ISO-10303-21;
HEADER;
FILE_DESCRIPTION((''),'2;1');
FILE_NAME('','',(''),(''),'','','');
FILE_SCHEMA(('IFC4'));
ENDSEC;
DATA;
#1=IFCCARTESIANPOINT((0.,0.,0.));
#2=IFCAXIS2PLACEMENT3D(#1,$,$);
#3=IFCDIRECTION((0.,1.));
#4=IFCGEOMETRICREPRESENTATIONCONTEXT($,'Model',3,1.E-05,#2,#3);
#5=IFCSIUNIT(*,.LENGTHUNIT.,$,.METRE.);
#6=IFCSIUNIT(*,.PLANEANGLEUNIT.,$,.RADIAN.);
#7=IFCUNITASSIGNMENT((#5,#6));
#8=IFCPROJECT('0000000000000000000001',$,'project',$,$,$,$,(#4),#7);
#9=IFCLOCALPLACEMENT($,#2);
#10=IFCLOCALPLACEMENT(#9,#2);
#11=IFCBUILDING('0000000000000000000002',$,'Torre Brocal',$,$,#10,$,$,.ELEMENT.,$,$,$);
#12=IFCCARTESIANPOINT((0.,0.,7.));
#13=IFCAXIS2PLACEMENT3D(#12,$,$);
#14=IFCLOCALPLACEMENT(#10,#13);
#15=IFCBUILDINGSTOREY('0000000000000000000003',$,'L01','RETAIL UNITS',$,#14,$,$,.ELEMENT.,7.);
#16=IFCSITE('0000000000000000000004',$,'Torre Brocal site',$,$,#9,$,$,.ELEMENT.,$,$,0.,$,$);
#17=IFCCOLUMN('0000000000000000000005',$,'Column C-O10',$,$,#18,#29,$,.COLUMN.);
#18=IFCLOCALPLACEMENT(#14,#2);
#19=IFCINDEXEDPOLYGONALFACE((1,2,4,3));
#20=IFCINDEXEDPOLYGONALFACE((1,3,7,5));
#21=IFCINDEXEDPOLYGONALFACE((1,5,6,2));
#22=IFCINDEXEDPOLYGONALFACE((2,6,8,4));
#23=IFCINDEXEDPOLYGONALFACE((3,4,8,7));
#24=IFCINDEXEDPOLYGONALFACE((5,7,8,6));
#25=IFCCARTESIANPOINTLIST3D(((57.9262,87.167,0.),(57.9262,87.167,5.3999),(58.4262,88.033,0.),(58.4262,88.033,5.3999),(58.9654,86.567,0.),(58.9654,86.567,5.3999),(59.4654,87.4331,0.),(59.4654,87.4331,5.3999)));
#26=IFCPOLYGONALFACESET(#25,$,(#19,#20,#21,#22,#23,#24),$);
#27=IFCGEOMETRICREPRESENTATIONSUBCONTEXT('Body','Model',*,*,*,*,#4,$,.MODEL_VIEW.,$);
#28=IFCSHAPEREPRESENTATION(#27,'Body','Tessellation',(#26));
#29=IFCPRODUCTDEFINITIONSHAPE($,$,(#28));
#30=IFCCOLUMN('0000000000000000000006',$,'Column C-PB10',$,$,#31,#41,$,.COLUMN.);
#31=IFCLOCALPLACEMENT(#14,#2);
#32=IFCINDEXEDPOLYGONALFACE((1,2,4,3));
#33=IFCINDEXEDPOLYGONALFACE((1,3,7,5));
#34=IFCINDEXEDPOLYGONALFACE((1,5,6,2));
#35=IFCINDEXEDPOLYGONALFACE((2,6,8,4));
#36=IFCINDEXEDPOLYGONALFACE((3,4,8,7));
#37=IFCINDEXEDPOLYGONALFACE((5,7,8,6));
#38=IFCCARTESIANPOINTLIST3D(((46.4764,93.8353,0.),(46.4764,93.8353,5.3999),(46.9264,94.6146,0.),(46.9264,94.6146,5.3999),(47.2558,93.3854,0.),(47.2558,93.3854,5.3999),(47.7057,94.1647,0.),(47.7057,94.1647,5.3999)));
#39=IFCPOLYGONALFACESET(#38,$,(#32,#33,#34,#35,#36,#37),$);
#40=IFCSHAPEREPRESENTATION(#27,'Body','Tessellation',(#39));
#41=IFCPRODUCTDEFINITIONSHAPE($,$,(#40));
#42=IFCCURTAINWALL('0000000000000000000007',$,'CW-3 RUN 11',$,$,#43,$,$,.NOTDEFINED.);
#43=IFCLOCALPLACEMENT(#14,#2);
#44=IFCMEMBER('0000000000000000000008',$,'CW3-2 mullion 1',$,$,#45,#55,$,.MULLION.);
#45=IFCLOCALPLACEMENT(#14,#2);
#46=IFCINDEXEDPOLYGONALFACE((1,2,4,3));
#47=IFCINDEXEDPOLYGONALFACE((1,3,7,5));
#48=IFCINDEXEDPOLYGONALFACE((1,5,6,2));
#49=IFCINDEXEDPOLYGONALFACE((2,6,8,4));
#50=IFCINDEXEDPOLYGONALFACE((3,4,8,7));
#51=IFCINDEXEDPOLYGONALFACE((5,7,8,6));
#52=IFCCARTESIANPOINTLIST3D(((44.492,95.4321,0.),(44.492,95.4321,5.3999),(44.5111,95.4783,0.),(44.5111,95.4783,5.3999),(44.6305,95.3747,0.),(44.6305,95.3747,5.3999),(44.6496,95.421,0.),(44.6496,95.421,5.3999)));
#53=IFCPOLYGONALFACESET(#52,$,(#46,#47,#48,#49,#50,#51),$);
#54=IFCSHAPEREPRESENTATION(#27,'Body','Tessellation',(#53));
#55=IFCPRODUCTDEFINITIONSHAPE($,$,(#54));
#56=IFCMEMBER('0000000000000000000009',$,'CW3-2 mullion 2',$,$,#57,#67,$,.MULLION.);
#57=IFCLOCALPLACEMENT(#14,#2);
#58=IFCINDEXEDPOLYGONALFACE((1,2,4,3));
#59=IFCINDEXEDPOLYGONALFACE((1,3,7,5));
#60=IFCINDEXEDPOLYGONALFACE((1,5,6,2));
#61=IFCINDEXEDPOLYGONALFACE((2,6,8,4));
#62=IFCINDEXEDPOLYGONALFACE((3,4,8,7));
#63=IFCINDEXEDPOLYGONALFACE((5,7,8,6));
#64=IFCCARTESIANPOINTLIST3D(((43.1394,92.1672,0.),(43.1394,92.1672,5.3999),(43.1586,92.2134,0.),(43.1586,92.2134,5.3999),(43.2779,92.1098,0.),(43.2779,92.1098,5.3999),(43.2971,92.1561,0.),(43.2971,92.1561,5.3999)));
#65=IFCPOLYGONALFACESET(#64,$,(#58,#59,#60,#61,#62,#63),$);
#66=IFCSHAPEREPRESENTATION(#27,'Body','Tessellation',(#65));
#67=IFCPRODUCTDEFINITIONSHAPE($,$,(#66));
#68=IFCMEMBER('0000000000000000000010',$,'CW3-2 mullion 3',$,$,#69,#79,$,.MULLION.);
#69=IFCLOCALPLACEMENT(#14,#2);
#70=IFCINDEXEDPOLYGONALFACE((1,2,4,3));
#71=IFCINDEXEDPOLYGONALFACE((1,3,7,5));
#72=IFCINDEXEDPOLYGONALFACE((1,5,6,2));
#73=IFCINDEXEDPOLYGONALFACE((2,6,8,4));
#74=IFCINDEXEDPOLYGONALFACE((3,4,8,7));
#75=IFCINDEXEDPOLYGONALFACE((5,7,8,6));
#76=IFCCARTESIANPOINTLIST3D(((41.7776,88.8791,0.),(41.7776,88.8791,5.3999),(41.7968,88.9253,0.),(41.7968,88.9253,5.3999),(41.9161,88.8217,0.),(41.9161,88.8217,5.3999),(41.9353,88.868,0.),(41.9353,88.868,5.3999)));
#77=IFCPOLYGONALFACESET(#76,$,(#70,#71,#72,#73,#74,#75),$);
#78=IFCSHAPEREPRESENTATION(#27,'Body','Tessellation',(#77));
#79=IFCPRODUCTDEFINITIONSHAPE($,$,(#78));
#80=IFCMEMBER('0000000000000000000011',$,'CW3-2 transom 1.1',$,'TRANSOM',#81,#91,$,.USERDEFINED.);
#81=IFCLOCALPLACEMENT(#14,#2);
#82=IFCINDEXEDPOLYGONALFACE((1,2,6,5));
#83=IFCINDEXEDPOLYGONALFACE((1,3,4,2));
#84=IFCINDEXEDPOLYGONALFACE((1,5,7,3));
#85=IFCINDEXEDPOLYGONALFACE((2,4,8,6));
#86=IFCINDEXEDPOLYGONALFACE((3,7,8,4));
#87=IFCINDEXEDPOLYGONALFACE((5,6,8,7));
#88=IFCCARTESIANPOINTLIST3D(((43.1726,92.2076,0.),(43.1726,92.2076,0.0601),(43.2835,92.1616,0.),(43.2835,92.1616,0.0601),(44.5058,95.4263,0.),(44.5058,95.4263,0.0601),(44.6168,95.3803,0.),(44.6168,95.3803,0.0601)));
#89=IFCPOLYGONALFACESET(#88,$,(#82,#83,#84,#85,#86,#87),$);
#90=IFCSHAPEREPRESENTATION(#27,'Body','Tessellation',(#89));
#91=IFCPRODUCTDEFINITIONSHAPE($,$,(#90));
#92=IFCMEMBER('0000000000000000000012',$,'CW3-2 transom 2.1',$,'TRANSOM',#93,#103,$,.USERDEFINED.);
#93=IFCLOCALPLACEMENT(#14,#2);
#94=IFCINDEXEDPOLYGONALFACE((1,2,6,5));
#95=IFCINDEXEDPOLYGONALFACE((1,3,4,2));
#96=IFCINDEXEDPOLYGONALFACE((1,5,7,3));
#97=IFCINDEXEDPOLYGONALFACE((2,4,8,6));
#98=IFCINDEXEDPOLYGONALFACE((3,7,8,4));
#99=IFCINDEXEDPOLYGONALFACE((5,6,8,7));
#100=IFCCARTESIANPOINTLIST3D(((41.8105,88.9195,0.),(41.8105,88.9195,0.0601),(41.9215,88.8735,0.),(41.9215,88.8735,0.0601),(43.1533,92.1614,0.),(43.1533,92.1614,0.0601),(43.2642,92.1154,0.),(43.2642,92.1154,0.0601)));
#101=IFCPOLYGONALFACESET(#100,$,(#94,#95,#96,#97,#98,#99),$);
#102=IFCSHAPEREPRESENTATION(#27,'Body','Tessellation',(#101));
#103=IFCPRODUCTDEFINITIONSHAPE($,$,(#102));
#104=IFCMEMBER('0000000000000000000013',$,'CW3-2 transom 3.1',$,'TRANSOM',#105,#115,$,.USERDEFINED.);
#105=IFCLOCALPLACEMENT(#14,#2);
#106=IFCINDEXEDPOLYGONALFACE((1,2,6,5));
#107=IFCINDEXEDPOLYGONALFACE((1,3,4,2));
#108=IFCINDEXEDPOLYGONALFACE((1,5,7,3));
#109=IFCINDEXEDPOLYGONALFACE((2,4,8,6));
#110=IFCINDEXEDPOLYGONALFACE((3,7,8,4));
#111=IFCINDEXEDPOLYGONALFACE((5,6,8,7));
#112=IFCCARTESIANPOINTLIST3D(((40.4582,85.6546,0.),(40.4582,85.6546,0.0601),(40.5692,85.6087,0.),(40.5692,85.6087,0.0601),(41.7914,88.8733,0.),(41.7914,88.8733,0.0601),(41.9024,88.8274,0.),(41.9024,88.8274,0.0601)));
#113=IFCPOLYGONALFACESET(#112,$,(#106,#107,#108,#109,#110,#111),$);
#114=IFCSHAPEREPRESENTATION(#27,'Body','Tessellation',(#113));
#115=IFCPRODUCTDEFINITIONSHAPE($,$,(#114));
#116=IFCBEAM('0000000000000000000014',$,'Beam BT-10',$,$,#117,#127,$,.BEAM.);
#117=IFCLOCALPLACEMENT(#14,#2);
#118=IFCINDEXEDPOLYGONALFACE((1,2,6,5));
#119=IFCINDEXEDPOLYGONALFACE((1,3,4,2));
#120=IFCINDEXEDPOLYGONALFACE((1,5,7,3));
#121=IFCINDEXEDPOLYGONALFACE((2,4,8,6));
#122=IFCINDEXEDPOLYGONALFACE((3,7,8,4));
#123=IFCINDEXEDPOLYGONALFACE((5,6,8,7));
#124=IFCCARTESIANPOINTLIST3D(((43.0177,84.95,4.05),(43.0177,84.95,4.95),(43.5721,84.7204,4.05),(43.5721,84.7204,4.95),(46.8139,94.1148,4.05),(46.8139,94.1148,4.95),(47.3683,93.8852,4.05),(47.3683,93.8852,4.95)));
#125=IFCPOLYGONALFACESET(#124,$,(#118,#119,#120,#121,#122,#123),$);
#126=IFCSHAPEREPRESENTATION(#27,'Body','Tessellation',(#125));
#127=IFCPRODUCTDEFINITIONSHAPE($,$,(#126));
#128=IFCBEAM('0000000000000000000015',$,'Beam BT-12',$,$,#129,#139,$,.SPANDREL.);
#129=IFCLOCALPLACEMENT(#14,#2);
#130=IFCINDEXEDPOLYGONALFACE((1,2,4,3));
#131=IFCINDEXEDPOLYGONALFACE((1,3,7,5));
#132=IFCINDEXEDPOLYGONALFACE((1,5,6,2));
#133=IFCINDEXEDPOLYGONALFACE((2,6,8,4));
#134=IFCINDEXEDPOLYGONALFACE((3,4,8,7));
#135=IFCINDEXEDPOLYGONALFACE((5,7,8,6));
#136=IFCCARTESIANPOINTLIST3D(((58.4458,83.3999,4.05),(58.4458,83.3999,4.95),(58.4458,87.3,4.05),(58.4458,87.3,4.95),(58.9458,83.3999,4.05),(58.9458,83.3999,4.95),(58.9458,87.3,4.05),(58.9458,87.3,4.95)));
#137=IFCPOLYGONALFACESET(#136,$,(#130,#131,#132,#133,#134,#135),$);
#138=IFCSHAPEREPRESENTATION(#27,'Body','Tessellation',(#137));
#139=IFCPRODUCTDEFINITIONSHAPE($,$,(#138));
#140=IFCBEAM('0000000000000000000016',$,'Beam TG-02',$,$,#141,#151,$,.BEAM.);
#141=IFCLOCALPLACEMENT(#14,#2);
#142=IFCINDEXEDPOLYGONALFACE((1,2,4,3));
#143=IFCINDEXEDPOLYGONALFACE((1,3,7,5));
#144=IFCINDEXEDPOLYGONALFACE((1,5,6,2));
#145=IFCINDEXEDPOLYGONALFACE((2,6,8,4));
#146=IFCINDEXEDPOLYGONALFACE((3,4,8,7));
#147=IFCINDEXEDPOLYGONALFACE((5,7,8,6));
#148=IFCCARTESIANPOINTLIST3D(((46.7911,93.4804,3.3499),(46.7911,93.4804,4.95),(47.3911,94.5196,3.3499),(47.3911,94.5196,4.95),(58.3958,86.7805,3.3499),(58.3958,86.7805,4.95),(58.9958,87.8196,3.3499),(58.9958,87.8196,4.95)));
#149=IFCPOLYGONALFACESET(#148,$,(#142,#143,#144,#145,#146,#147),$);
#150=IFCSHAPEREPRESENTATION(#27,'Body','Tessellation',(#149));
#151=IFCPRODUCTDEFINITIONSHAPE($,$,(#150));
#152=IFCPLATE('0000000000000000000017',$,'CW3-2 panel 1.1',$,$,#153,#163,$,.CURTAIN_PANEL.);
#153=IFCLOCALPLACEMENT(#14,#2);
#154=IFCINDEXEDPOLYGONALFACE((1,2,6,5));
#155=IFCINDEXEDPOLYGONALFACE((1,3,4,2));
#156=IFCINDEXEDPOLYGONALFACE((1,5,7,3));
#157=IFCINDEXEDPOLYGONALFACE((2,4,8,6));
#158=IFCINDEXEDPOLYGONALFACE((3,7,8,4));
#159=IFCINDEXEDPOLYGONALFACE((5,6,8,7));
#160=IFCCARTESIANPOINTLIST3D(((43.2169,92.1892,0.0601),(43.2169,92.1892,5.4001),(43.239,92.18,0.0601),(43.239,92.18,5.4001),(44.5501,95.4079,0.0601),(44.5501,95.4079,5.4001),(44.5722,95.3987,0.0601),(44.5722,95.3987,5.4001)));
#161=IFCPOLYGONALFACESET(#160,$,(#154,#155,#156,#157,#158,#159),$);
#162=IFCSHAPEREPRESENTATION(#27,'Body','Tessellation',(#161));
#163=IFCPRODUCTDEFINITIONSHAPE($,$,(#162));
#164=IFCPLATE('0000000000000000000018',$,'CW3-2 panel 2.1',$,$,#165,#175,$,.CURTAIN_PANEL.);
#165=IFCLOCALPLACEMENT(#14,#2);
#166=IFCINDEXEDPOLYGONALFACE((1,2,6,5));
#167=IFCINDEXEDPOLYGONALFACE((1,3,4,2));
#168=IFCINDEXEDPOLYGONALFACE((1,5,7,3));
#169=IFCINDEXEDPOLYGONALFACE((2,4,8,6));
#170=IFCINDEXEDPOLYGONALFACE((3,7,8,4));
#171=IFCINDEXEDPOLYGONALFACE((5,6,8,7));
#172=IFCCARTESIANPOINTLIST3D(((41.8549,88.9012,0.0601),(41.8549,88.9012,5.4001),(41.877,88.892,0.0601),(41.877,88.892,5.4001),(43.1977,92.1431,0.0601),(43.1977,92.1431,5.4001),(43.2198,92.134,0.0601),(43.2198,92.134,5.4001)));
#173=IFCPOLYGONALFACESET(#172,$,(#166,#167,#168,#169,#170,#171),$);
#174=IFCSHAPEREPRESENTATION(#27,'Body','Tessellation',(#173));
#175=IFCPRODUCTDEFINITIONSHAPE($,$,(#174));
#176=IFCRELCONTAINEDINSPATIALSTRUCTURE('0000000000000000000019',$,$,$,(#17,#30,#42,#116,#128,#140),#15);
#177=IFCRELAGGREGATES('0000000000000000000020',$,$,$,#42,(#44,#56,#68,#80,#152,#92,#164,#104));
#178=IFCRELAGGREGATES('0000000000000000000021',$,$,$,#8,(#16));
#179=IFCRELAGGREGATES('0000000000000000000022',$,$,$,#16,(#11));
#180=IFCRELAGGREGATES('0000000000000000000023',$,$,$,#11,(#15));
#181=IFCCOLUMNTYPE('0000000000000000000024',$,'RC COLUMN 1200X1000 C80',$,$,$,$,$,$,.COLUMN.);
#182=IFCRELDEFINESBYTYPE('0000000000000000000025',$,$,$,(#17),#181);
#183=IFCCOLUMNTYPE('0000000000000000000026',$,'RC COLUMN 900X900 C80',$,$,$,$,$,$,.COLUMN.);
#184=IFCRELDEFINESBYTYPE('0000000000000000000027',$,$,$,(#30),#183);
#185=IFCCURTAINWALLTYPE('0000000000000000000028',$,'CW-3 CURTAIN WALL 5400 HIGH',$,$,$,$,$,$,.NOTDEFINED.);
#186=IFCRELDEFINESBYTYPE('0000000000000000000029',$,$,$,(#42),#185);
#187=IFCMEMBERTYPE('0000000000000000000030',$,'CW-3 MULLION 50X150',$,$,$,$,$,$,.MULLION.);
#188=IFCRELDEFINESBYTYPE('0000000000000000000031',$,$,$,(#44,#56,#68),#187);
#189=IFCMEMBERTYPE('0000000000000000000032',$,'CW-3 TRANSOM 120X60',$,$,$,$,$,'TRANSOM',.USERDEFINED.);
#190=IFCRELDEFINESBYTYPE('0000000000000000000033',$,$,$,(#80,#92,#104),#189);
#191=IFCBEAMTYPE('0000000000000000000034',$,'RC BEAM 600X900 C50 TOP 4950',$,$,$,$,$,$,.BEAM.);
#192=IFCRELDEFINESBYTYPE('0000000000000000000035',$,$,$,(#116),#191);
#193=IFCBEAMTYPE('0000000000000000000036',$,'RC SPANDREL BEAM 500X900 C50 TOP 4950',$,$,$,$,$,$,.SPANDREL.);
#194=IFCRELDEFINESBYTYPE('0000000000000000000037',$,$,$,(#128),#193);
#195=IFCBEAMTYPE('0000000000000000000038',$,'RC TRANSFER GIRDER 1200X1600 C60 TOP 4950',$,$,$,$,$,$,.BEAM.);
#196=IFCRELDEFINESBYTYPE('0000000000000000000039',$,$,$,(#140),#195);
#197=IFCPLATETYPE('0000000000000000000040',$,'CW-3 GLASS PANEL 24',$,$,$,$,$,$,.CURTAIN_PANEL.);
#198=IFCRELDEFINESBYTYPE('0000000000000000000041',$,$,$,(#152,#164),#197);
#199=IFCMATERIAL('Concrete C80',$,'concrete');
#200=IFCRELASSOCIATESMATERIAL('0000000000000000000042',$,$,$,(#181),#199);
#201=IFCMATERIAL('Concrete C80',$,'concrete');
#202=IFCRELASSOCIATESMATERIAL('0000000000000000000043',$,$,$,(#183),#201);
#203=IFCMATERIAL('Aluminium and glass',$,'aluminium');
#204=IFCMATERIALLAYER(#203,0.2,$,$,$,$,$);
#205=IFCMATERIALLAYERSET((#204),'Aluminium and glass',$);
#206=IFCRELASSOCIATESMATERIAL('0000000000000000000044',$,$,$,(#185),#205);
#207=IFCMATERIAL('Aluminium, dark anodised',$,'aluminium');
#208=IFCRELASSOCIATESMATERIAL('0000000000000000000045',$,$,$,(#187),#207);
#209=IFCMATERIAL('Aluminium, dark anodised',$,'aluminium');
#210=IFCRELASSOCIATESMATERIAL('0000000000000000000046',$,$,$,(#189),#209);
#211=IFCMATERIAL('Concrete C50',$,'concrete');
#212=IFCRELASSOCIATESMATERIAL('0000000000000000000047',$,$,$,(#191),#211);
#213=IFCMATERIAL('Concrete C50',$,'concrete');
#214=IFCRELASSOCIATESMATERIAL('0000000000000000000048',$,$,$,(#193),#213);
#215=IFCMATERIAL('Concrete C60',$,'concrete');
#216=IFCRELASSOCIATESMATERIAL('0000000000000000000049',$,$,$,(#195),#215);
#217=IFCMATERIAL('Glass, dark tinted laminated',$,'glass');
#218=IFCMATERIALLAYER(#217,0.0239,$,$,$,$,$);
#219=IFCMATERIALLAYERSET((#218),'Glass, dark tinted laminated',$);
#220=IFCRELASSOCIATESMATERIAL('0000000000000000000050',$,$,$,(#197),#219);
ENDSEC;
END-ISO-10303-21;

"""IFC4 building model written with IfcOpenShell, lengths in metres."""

from ifc_helpers import new_model, si_unit, direction, frame, origin, origin_2d, place, context, subcontext, project, spatial, rectangle, extrude, material, layer, layer_set, material_profile, profile_set, type_object, element, aggregate, save


model = new_model("IFC4")

# Units and contexts
model_context = context("Model", 3, precision=1e-05, world=origin(), true_north=direction((0.0, 1.0)))
body_context = subcontext(model_context, "Body", "Model", "MODEL_VIEW")
ifc_project = project(units=[si_unit("LENGTHUNIT", "METRE"), si_unit("PLANEANGLEUNIT", "RADIAN")], contexts=[model_context])

# Site, building, storey
site_placement = place(None, origin())
site = spatial("IfcSite", under=ifc_project, at=site_placement, Name="Torre Brocal site", CompositionType="ELEMENT", RefElevation=0.0)
building_placement = place(site_placement, origin())
building = spatial("IfcBuilding", under=site, at=building_placement, Name="Torre Brocal", CompositionType="ELEMENT")
storey_placement = place(building_placement, frame((0.0, 0.0, 7.0)))
storey = spatial("IfcBuildingStorey", under=building, at=storey_placement, Name="L01", Description="RETAIL UNITS", CompositionType="ELEMENT", Elevation=7.0)

# Columns
ifc_material_1 = material(Name="Concrete C80", Category="concrete")
ifc_material_profile_1 = material_profile(ifc_material_1, rectangle(XDim=1.2, YDim=1.0, at=origin_2d()), Name="RC 1200X1000")
ifc_profile_set_1 = profile_set([ifc_material_profile_1], Name="Concrete C80")
column_type_1 = type_object("IfcColumnType", Name="RC COLUMN 1200X1000 C80", PredefinedType="COLUMN", material=ifc_profile_set_1)
column_1_placement = place(storey_placement, frame((58.6958, 87.3, 0.0), z_axis=(0.0, 0.0, 1.0), x_axis=(-0.866025, 0.5, 0.0)))
element("IfcColumn", 1, at=column_1_placement, inside=storey, type_object=column_type_1, Name="Column C-O10", PredefinedType="COLUMN", context=body_context, shape_type="SweptSolid", body=[
    extrude(rectangle(XDim=1.2, YDim=1.0, at=origin_2d()), origin(), (0.0, 0.0, 1.0), 5.3999),
])
ifc_material_2 = material(Name="Concrete C80", Category="concrete")
ifc_material_profile_2 = material_profile(ifc_material_2, rectangle(XDim=0.8999, YDim=0.8999, at=origin_2d()), Name="RC 900X900")
ifc_profile_set_2 = profile_set([ifc_material_profile_2], Name="Concrete C80")
column_type_2 = type_object("IfcColumnType", Name="RC COLUMN 900X900 C80", PredefinedType="COLUMN", material=ifc_profile_set_2)
column_2_placement = place(storey_placement, frame((47.0911, 94.0, 0.0), z_axis=(0.0, 0.0, 1.0), x_axis=(-0.866025, 0.5, 0.0)))
element("IfcColumn", 2, at=column_2_placement, inside=storey, type_object=column_type_2, Name="Column C-PB10", PredefinedType="COLUMN", context=body_context, shape_type="SweptSolid", body=[
    extrude(rectangle(XDim=0.8999, YDim=0.8999, at=origin_2d()), origin(), (0.0, 0.0, 1.0), 5.3999),
])

# Curtain wall, members
ifc_material_3 = material(Name="Aluminium and glass", Category="aluminium")
ifc_layer_1 = layer(ifc_material_3, 0.2)
ifc_layer_set_1 = layer_set([ifc_layer_1], Name="Aluminium and glass")
curtain_wall_type = type_object("IfcCurtainWallType", Name="CW-3 CURTAIN WALL 5400 HIGH", PredefinedType="NOTDEFINED", material=ifc_layer_set_1)
curtain_wall_placement = place(storey_placement, origin())
curtain_wall = element("IfcCurtainWall", 3, at=curtain_wall_placement, inside=storey, type_object=curtain_wall_type, Name="CW-3 RUN 11", PredefinedType="NOTDEFINED")
ifc_material_4 = material(Name="Aluminium, dark anodised", Category="aluminium")
ifc_material_profile_3 = material_profile(ifc_material_4, rectangle(XDim=0.1499, YDim=0.05, at=origin_2d()), Name="CW-3 MULLION 50X150")
ifc_profile_set_3 = profile_set([ifc_material_profile_3], Name="Aluminium, dark anodised")
member_type_1 = type_object("IfcMemberType", Name="CW-3 MULLION 50X150", PredefinedType="MULLION", material=ifc_profile_set_3)
member_1_placement = place(storey_placement, frame((44.5708, 95.4265, 0.0), z_axis=(0.0, 0.0, 1.0), x_axis=(0.92388, -0.382683, 0.0)))
member_1 = element("IfcMember", 4, at=member_1_placement, type_object=member_type_1, Name="CW3-2 mullion 1", PredefinedType="MULLION", context=body_context, shape_type="SweptSolid", body=[
    extrude(rectangle(XDim=0.1499, YDim=0.05, at=origin_2d()), origin(), (0.0, 0.0, 1.0), 5.3999),
])
member_2_placement = place(storey_placement, frame((43.2183, 92.1616, 0.0), z_axis=(0.0, 0.0, 1.0), x_axis=(0.92388, -0.382683, 0.0)))
member_2 = element("IfcMember", 5, at=member_2_placement, type_object=member_type_1, Name="CW3-2 mullion 2", PredefinedType="MULLION", context=body_context, shape_type="SweptSolid", body=[
    extrude(rectangle(XDim=0.1499, YDim=0.05, at=origin_2d()), origin(), (0.0, 0.0, 1.0), 5.3999),
])
member_3_placement = place(storey_placement, frame((41.8564, 88.8735, 0.0), z_axis=(0.0, 0.0, 1.0), x_axis=(0.92388, -0.382683, 0.0)))
member_3 = element("IfcMember", 6, at=member_3_placement, type_object=member_type_1, Name="CW3-2 mullion 3", PredefinedType="MULLION", context=body_context, shape_type="SweptSolid", body=[
    extrude(rectangle(XDim=0.1499, YDim=0.05, at=origin_2d()), origin(), (0.0, 0.0, 1.0), 5.3999),
])
ifc_material_5 = material(Name="Aluminium, dark anodised", Category="aluminium")
ifc_material_profile_4 = material_profile(ifc_material_5, rectangle(XDim=0.1201, YDim=0.0601, at=origin_2d()), Name="CW-3 TRANSOM 120X60")
ifc_profile_set_4 = profile_set([ifc_material_profile_4], Name="Aluminium, dark anodised")
member_type_2 = type_object("IfcMemberType", Name="CW-3 TRANSOM 120X60", ElementType="TRANSOM", PredefinedType="USERDEFINED", material=ifc_profile_set_4)
member_4_placement = place(storey_placement, frame((44.5613, 95.4033, 0.03), z_axis=(-0.382684, -0.923879, 0.0), x_axis=(0.923879, -0.382684, 0.0)))
member_4 = element("IfcMember", 7, at=member_4_placement, type_object=member_type_2, Name="CW3-2 transom 1.1", ObjectType="TRANSOM", PredefinedType="USERDEFINED", context=body_context, shape_type="SweptSolid", body=[
    extrude(rectangle(XDim=0.1201, YDim=0.0601, at=origin_2d()), origin(), (0.0, 0.0, 1.0), 3.4839),
])
member_5_placement = place(storey_placement, frame((43.2087, 92.1384, 0.03), z_axis=(-0.382663, -0.923888, 0.0), x_axis=(0.923888, -0.382663, 0.0)))
member_5 = element("IfcMember", 8, at=member_5_placement, type_object=member_type_2, Name="CW3-2 transom 2.1", ObjectType="TRANSOM", PredefinedType="USERDEFINED", context=body_context, shape_type="SweptSolid", body=[
    extrude(rectangle(XDim=0.1201, YDim=0.0601, at=origin_2d()), origin(), (0.0, 0.0, 1.0), 3.509),
])
member_6_placement = place(storey_placement, frame((41.8469, 88.8503, 0.03), z_axis=(-0.382684, -0.923879, 0.0), x_axis=(0.923879, -0.382684, 0.0)))
member_6 = element("IfcMember", 9, at=member_6_placement, type_object=member_type_2, Name="CW3-2 transom 3.1", ObjectType="TRANSOM", PredefinedType="USERDEFINED", context=body_context, shape_type="SweptSolid", body=[
    extrude(rectangle(XDim=0.1201, YDim=0.0601, at=origin_2d()), origin(), (0.0, 0.0, 1.0), 3.4839),
])

# Beams
ifc_material_6 = material(Name="Concrete C50", Category="concrete")
ifc_material_profile_5 = material_profile(ifc_material_6, rectangle(XDim=0.6001, YDim=0.8999, at=origin_2d()), Name="RC 600X900")
ifc_profile_set_5 = profile_set([ifc_material_profile_5], Name="Concrete C50")
beam_type_1 = type_object("IfcBeamType", Name="RC BEAM 600X900 C50 TOP 4950", PredefinedType="BEAM", material=ifc_profile_set_5)
beam_1_placement = place(storey_placement, frame((47.0911, 94.0, 4.5), z_axis=(-0.38268, -0.923881, 0.0), x_axis=(0.923881, -0.38268, 0.0)))
element("IfcBeam", 10, at=beam_1_placement, inside=storey, type_object=beam_type_1, Name="Beam BT-10", PredefinedType="BEAM", context=body_context, shape_type="SweptSolid", body=[
    extrude(rectangle(XDim=0.6001, YDim=0.8999, at=origin_2d()), origin(), (0.0, 0.0, 1.0), 9.9199),
])
ifc_material_7 = material(Name="Concrete C50", Category="concrete")
ifc_material_profile_6 = material_profile(ifc_material_7, rectangle(XDim=0.5, YDim=0.8999, at=origin_2d()), Name="RC 500X900")
ifc_profile_set_6 = profile_set([ifc_material_profile_6], Name="Concrete C50")
beam_type_2 = type_object("IfcBeamType", Name="RC SPANDREL BEAM 500X900 C50 TOP 4950", PredefinedType="SPANDREL", material=ifc_profile_set_6)
beam_2_placement = place(storey_placement, frame((58.6958, 87.3, 4.5), z_axis=(0.0, -1.0, 0.0), x_axis=(1.0, 0.0, 0.0)))
element("IfcBeam", 11, at=beam_2_placement, inside=storey, type_object=beam_type_2, Name="Beam BT-12", PredefinedType="SPANDREL", context=body_context, shape_type="SweptSolid", body=[
    extrude(rectangle(XDim=0.5, YDim=0.8999, at=origin_2d()), origin(), (0.0, 0.0, 1.0), 3.9001),
])
ifc_material_8 = material(Name="Concrete C60", Category="concrete")
ifc_material_profile_7 = material_profile(ifc_material_8, rectangle(XDim=1.2, YDim=1.6001, at=origin_2d()), Name="RC 1200X1600")
ifc_profile_set_7 = profile_set([ifc_material_profile_7], Name="Concrete C60")
beam_type_3 = type_object("IfcBeamType", Name="RC TRANSFER GIRDER 1200X1600 C60 TOP 4950", PredefinedType="BEAM", material=ifc_profile_set_7)
beam_3_placement = place(storey_placement, frame((58.6958, 87.3, 4.1499), z_axis=(-0.866027, 0.499997, 0.0), x_axis=(-0.499997, -0.866027, 0.0)))
element("IfcBeam", 12, at=beam_3_placement, inside=storey, type_object=beam_type_3, Name="Beam TG-02", PredefinedType="BEAM", context=body_context, shape_type="SweptSolid", body=[
    extrude(rectangle(XDim=1.2, YDim=1.6001, at=origin_2d()), origin(), (0.0, 0.0, 1.0), 13.3999),
])

# Plates
ifc_material_9 = material(Name="Glass, dark tinted laminated", Category="glass")
ifc_layer_2 = layer(ifc_material_9, 0.0239)
ifc_layer_set_2 = layer_set([ifc_layer_2], Name="Glass, dark tinted laminated")
plate_type = type_object("IfcPlateType", Name="CW-3 GLASS PANEL 24", PredefinedType="CURTAIN_PANEL", material=ifc_layer_set_2)
plate_1_placement = place(storey_placement, frame((43.8945, 93.7939, 0.0601), z_axis=(0.0, 0.0, 1.0), x_axis=(-0.382683, -0.92388, 0.0)))
plate_1 = element("IfcPlate", 13, at=plate_1_placement, type_object=plate_type, Name="CW3-2 panel 1.1", PredefinedType="CURTAIN_PANEL", context=body_context, shape_type="SweptSolid", body=[
    extrude(rectangle(XDim=3.4839, YDim=0.0239, at=origin_2d()), origin(), (0.0, 0.0, 1.0), 5.3401),
])
plate_2_placement = place(storey_placement, frame((42.5374, 90.5176, 0.0601), z_axis=(0.0, 0.0, 1.0), x_axis=(-0.382683, -0.92388, 0.0)))
plate_2 = element("IfcPlate", 14, at=plate_2_placement, type_object=plate_type, Name="CW3-2 panel 2.1", PredefinedType="CURTAIN_PANEL", context=body_context, shape_type="SweptSolid", body=[
    extrude(rectangle(XDim=3.509, YDim=0.0239, at=origin_2d()), origin(), (0.0, 0.0, 1.0), 5.3401),
])
aggregate(curtain_wall, [member_1, member_2, member_3, member_4, plate_1, member_5, plate_2, member_6])

save(model, "model.ifc")
